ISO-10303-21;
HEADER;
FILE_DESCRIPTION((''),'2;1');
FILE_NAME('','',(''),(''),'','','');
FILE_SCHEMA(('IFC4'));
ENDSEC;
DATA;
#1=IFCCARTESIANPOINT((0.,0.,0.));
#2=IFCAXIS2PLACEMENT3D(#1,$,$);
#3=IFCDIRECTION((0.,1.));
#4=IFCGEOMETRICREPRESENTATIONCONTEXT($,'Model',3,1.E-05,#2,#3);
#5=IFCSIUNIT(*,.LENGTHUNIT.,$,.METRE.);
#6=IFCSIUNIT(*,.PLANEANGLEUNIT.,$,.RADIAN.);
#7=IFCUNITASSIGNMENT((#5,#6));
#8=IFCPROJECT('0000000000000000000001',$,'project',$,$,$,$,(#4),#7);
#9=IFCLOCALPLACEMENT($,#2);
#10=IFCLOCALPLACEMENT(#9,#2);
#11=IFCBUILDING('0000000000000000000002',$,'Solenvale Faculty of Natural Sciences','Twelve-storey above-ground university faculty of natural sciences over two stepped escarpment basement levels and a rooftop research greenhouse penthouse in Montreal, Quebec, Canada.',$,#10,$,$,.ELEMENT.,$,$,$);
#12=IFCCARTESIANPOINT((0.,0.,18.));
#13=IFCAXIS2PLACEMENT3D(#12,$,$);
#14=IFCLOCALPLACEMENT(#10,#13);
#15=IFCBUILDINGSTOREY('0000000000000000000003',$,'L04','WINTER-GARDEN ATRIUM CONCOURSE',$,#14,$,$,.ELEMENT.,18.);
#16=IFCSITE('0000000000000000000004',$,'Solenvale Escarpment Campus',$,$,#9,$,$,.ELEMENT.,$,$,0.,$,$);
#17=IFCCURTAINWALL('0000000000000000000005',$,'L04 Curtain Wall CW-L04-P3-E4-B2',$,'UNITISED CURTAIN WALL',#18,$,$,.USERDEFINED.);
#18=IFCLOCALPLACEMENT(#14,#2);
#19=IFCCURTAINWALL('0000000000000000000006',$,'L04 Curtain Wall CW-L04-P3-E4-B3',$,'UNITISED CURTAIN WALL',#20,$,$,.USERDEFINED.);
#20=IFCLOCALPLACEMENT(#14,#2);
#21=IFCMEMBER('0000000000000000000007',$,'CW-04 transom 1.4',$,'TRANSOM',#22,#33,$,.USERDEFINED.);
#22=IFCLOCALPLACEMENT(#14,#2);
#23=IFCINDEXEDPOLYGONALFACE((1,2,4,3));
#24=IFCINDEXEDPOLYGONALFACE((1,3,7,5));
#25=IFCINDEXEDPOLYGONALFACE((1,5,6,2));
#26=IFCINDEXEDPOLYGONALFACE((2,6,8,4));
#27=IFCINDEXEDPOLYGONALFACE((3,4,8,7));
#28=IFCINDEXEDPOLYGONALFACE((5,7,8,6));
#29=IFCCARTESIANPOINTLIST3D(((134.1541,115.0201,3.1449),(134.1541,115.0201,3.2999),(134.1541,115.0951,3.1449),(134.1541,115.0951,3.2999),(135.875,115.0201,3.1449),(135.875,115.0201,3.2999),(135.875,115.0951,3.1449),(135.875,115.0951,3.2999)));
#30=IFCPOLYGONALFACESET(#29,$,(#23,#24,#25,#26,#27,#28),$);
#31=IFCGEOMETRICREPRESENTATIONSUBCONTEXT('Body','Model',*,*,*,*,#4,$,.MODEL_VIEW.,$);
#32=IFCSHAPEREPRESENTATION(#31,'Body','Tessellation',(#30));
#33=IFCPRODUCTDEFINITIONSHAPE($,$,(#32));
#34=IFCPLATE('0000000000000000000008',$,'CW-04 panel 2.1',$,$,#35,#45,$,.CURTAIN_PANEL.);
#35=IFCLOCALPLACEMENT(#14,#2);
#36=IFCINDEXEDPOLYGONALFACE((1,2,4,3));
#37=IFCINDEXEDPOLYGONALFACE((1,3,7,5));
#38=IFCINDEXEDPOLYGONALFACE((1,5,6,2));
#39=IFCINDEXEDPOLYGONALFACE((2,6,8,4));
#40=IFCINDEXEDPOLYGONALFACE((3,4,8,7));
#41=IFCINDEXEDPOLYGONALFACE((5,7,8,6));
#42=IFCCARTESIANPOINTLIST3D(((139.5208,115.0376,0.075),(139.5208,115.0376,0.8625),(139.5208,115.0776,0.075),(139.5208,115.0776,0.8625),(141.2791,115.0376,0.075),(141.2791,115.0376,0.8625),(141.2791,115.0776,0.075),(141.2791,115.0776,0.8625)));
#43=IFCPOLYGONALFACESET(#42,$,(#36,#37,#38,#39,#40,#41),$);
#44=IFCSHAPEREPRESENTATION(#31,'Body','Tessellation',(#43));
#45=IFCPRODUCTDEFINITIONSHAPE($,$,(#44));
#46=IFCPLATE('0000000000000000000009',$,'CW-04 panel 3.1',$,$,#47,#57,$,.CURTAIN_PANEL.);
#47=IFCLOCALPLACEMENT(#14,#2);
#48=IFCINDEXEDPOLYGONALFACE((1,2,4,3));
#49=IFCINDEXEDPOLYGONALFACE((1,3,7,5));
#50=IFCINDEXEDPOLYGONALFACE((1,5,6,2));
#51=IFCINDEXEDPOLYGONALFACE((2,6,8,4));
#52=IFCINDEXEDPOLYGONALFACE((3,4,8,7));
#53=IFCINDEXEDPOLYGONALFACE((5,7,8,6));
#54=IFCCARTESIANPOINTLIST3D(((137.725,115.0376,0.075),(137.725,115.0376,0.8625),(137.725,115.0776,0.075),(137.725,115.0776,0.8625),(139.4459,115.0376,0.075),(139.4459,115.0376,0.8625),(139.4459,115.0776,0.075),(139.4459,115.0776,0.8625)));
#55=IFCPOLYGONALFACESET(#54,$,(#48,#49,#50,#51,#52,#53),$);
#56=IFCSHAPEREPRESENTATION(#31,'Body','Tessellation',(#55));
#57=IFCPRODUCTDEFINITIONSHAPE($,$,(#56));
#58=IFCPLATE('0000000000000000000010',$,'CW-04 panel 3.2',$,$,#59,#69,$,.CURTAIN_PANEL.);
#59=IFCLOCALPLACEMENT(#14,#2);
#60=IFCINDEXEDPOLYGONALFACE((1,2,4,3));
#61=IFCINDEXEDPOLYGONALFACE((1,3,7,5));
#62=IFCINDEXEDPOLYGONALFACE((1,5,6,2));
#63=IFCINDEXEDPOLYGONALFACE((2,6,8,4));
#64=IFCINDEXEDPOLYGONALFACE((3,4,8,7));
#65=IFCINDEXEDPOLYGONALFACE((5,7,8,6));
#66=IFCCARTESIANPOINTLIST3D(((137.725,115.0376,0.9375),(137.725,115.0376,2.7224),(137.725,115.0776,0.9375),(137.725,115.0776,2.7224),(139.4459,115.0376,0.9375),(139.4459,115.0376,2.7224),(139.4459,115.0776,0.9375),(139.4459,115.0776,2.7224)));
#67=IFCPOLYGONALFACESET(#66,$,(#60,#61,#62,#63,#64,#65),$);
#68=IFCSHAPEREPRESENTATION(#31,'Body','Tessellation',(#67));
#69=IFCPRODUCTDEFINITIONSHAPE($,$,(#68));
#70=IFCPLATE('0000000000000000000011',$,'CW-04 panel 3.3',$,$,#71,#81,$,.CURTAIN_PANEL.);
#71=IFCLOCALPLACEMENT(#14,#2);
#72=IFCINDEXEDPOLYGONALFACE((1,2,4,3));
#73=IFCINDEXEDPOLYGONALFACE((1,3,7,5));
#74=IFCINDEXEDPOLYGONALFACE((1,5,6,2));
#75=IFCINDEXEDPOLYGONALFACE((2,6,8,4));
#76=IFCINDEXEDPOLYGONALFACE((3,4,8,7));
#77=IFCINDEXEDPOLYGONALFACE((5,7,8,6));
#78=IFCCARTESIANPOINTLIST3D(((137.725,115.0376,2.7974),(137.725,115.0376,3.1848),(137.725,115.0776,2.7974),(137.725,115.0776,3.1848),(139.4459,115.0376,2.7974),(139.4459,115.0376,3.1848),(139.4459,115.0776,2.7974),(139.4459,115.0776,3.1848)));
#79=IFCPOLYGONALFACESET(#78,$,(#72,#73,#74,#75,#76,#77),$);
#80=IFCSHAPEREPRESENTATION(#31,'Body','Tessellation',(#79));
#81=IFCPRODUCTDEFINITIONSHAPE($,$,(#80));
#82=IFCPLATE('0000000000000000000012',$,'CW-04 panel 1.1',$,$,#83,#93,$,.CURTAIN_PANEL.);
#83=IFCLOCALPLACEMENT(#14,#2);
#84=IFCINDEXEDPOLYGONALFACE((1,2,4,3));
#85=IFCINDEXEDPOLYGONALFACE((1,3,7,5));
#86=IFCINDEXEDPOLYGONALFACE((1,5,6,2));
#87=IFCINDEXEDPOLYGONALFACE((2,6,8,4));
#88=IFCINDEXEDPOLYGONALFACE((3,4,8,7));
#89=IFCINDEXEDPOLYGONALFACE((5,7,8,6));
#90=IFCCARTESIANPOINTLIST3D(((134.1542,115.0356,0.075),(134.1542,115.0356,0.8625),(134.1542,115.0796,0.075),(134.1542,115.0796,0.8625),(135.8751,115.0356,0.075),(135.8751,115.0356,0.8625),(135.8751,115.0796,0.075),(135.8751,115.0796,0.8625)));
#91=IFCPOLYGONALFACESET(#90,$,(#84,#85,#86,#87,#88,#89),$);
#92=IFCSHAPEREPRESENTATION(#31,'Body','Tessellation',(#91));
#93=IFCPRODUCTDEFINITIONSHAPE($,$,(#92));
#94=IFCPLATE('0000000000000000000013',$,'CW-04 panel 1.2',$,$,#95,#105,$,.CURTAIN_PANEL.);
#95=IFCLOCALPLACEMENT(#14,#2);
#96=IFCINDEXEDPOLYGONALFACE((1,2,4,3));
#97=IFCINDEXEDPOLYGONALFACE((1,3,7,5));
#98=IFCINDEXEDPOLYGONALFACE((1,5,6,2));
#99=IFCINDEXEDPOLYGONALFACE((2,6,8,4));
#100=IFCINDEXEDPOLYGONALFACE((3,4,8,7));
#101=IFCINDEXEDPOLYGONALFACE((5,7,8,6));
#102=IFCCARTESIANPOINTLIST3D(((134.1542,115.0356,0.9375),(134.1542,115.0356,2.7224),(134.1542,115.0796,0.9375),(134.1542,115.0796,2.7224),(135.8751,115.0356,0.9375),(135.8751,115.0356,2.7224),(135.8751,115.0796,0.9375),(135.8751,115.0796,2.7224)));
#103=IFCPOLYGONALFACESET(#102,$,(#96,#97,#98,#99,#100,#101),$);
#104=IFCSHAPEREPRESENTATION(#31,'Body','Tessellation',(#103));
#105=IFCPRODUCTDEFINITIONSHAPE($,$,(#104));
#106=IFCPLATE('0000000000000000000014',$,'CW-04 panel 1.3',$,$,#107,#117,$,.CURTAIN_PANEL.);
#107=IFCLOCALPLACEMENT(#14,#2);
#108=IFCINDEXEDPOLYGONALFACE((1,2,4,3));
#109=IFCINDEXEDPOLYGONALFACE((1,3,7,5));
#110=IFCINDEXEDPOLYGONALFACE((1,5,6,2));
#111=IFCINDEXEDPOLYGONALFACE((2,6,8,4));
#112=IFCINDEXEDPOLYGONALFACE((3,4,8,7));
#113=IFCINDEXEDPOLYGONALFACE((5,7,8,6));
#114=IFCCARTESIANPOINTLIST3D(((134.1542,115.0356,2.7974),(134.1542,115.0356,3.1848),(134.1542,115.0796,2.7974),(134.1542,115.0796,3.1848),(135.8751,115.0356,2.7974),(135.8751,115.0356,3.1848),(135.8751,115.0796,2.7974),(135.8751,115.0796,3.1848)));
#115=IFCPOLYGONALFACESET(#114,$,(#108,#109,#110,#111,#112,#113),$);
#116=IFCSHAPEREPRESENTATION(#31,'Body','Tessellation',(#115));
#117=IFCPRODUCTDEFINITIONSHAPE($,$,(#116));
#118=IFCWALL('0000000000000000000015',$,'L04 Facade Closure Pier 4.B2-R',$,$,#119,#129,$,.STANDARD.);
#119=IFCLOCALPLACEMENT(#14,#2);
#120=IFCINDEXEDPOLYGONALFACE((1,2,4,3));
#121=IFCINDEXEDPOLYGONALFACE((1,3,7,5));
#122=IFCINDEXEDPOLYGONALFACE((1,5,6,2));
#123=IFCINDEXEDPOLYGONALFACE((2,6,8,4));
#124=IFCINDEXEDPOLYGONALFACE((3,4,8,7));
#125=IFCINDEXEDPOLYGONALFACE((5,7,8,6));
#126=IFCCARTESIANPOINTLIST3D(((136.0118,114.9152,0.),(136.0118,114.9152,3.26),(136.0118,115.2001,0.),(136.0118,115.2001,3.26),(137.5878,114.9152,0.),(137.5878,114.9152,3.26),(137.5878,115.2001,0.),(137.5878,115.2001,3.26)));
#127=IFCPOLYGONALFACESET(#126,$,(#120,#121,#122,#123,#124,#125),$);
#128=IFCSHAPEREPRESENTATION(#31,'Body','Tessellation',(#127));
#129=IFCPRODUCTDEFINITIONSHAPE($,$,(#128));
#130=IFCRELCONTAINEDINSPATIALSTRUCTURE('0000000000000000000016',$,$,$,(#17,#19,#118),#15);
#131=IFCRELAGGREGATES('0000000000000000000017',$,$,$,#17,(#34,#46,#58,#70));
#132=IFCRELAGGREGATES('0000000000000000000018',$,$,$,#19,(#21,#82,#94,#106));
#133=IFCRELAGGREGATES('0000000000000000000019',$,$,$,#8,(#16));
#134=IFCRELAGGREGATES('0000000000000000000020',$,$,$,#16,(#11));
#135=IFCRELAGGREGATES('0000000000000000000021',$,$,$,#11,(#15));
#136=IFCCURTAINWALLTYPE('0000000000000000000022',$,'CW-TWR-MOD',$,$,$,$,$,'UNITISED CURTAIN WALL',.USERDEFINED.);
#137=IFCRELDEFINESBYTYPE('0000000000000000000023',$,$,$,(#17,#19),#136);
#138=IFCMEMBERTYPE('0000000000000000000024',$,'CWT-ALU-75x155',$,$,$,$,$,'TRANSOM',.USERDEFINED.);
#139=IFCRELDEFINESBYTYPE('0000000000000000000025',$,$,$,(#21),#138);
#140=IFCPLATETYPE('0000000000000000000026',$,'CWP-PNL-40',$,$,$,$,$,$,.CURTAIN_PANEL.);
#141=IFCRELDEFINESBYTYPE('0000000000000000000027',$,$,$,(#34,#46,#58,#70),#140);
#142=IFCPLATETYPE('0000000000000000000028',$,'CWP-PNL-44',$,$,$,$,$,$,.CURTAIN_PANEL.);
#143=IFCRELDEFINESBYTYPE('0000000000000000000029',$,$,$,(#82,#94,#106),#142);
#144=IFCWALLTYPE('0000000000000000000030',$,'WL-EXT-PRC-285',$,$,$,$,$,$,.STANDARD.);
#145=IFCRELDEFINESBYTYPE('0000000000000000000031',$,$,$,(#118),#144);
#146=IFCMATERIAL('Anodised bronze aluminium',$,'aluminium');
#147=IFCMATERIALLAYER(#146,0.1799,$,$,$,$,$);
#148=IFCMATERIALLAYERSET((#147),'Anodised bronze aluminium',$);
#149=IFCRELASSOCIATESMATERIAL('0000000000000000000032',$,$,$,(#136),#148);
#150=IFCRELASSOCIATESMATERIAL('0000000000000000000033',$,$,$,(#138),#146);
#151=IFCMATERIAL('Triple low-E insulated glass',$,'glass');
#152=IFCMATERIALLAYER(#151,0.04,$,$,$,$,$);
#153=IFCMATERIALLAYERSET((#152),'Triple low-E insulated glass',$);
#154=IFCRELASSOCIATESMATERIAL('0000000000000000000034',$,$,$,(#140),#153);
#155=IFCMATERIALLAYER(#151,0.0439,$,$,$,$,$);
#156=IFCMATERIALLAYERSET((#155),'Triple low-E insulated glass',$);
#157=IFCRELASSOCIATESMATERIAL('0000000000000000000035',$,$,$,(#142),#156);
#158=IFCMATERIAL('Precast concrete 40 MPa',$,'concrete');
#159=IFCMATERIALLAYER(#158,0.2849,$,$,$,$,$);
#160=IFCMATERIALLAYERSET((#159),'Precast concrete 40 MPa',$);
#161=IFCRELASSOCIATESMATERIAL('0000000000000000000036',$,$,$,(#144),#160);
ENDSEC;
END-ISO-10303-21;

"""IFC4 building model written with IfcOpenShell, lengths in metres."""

from ifc_helpers import new_model, si_unit, direction, frame, frame_2d, origin, origin_2d, place, context, subcontext, project, spatial, rectangle, extrude, material, layer, layer_set, material_profile, profile_set, type_object, element, aggregate, save


model = new_model("IFC4")

# Units and contexts
model_context = context("Model", 3, precision=1e-05, world=origin(), true_north=direction((0.0, 1.0)))
body_context = subcontext(model_context, "Body", "Model", "MODEL_VIEW")
ifc_project = project(units=[si_unit("LENGTHUNIT", "METRE"), si_unit("PLANEANGLEUNIT", "RADIAN")], contexts=[model_context])

# Site, building, storey
site_placement = place(None, origin())
site = spatial("IfcSite", under=ifc_project, at=site_placement, Name="Solenvale Escarpment Campus", CompositionType="ELEMENT", RefElevation=0.0)
building_placement = place(site_placement, origin())
building = spatial("IfcBuilding", under=site, at=building_placement, Name="Solenvale Faculty of Natural Sciences", Description="Twelve-storey above-ground university faculty of natural sciences over two stepped escarpment basement levels and a rooftop research greenhouse penthouse in Montreal, Quebec, Canada.", CompositionType="ELEMENT")
storey_placement = place(building_placement, frame((0.0, 0.0, 18.0)))
storey = spatial("IfcBuildingStorey", under=building, at=storey_placement, Name="L04", Description="WINTER-GARDEN ATRIUM CONCOURSE", CompositionType="ELEMENT", Elevation=18.0)

# Shared definitions
ifc_material_1 = material(Name="Precast concrete 40 MPa", Category="concrete")

# Curtain walls
ifc_material_2 = material(Name="Anodised bronze aluminium", Category="aluminium")
ifc_layer_1 = layer(ifc_material_2, 0.1799)
ifc_layer_set_1 = layer_set([ifc_layer_1], Name="Anodised bronze aluminium")
curtain_wall_type = type_object("IfcCurtainWallType", Name="CW-TWR-MOD", ElementType="UNITISED CURTAIN WALL", PredefinedType="USERDEFINED", material=ifc_layer_set_1)
curtain_wall_1_placement = place(storey_placement, origin())
curtain_wall_1 = element("IfcCurtainWall", 1, at=curtain_wall_1_placement, inside=storey, type_object=curtain_wall_type, Name="L04 Curtain Wall CW-L04-P3-E4-B2", ObjectType="UNITISED CURTAIN WALL", PredefinedType="USERDEFINED")
curtain_wall_2_placement = place(storey_placement, origin())
curtain_wall_2 = element("IfcCurtainWall", 2, at=curtain_wall_2_placement, inside=storey, type_object=curtain_wall_type, Name="L04 Curtain Wall CW-L04-P3-E4-B3", ObjectType="UNITISED CURTAIN WALL", PredefinedType="USERDEFINED")

# Member
ifc_material_profile_1 = material_profile(ifc_material_2, rectangle(XDim=0.075, YDim=0.155, at=origin_2d()), Name="ALU-TRN-75x155")
ifc_profile_set_1 = profile_set([ifc_material_profile_1], Name="Anodised bronze aluminium")
member_type_1 = type_object("IfcMemberType", Name="CWT-ALU-75x155", ElementType="TRANSOM", PredefinedType="USERDEFINED", material=ifc_profile_set_1)
member_1_placement = place(storey_placement, frame((135.875, 115.0576, 3.2224), z_axis=(-1.0, 0.0, 0.0), x_axis=(0.0, -1.0, 0.0)))
member_1 = element("IfcMember", 3, at=member_1_placement, type_object=member_type_1, Name="CW-04 transom 1.4", ObjectType="TRANSOM", PredefinedType="USERDEFINED", context=body_context, shape_type="SweptSolid", body=[
    extrude(rectangle(XDim=0.075, YDim=0.155, at=origin_2d()), origin(), (0.0, 0.0, 1.0), 1.7209),
])

# Plates
ifc_material_3 = material(Name="Triple low-E insulated glass", Category="glass")
ifc_layer_2 = layer(ifc_material_3, 0.04)
ifc_layer_set_2 = layer_set([ifc_layer_2], Name="Triple low-E insulated glass")
plate_type_1 = type_object("IfcPlateType", Name="CWP-PNL-40", PredefinedType="CURTAIN_PANEL", material=ifc_layer_set_2)
plate_1_placement = place(storey_placement, frame((140.3999, 115.0576, 0.075), z_axis=(0.0, 0.0, 1.0), x_axis=(-1.0, 0.0, 0.0)))
plate_1 = element("IfcPlate", 4, at=plate_1_placement, type_object=plate_type_1, Name="CW-04 panel 2.1", PredefinedType="CURTAIN_PANEL", context=body_context, shape_type="SweptSolid", body=[
    extrude(rectangle(XDim=1.7583, YDim=0.04, at=origin_2d()), origin(), (0.0, 0.0, 1.0), 0.7876),
])
plate_2_placement = place(storey_placement, frame((138.5854, 115.0576, 0.075), z_axis=(0.0, 0.0, 1.0), x_axis=(-1.0, 0.0, 0.0)))
plate_2 = element("IfcPlate", 5, at=plate_2_placement, type_object=plate_type_1, Name="CW-04 panel 3.1", PredefinedType="CURTAIN_PANEL", context=body_context, shape_type="SweptSolid", body=[
    extrude(rectangle(XDim=1.7209, YDim=0.04, at=origin_2d()), origin(), (0.0, 0.0, 1.0), 0.7876),
])
plate_3_placement = place(storey_placement, frame((138.5854, 115.0576, 0.9375), z_axis=(0.0, 0.0, 1.0), x_axis=(-1.0, 0.0, 0.0)))
plate_3 = element("IfcPlate", 6, at=plate_3_placement, type_object=plate_type_1, Name="CW-04 panel 3.2", PredefinedType="CURTAIN_PANEL", context=body_context, shape_type="SweptSolid", body=[
    extrude(rectangle(XDim=1.7209, YDim=0.04, at=origin_2d()), origin(), (0.0, 0.0, 1.0), 1.7849),
])
plate_4_placement = place(storey_placement, frame((138.5854, 115.0576, 2.7974), z_axis=(0.0, 0.0, 1.0), x_axis=(-1.0, 0.0, 0.0)))
plate_4 = element("IfcPlate", 7, at=plate_4_placement, type_object=plate_type_1, Name="CW-04 panel 3.3", PredefinedType="CURTAIN_PANEL", context=body_context, shape_type="SweptSolid", body=[
    extrude(rectangle(XDim=1.7209, YDim=0.04, at=origin_2d()), origin(), (0.0, 0.0, 1.0), 0.3875),
])
aggregate(curtain_wall_1, [plate_1, plate_2, plate_3, plate_4])
ifc_layer_3 = layer(ifc_material_3, 0.0439)
ifc_layer_set_3 = layer_set([ifc_layer_3], Name="Triple low-E insulated glass")
plate_type_2 = type_object("IfcPlateType", Name="CWP-PNL-44", PredefinedType="CURTAIN_PANEL", material=ifc_layer_set_3)
plate_5_placement = place(storey_placement, frame((135.0146, 115.0576, 0.075), z_axis=(0.0, 0.0, 1.0), x_axis=(-1.0, 0.0, 0.0)))
plate_5 = element("IfcPlate", 8, at=plate_5_placement, type_object=plate_type_2, Name="CW-04 panel 1.1", PredefinedType="CURTAIN_PANEL", context=body_context, shape_type="SweptSolid", body=[
    extrude(rectangle(XDim=1.7209, YDim=0.0439, at=origin_2d()), origin(), (0.0, 0.0, 1.0), 0.7876),
])
plate_6_placement = place(storey_placement, frame((135.0146, 115.0576, 0.9375), z_axis=(0.0, 0.0, 1.0), x_axis=(-1.0, 0.0, 0.0)))
plate_6 = element("IfcPlate", 9, at=plate_6_placement, type_object=plate_type_2, Name="CW-04 panel 1.2", PredefinedType="CURTAIN_PANEL", context=body_context, shape_type="SweptSolid", body=[
    extrude(rectangle(XDim=1.7209, YDim=0.0439, at=origin_2d()), origin(), (0.0, 0.0, 1.0), 1.7849),
])
plate_7_placement = place(storey_placement, frame((135.0146, 115.0576, 2.7974), z_axis=(0.0, 0.0, 1.0), x_axis=(-1.0, 0.0, 0.0)))
plate_7 = element("IfcPlate", 10, at=plate_7_placement, type_object=plate_type_2, Name="CW-04 panel 1.3", PredefinedType="CURTAIN_PANEL", context=body_context, shape_type="SweptSolid", body=[
    extrude(rectangle(XDim=1.7209, YDim=0.0439, at=origin_2d()), origin(), (0.0, 0.0, 1.0), 0.3875),
])
aggregate(curtain_wall_2, [member_1, plate_5, plate_6, plate_7])

# Wall
ifc_layer_4 = layer(ifc_material_1, 0.2849)
ifc_layer_set_4 = layer_set([ifc_layer_4], Name="Precast concrete 40 MPa")
wall_type = type_object("IfcWallType", Name="WL-EXT-PRC-285", PredefinedType="STANDARD", material=ifc_layer_set_4)
wall_placement = place(storey_placement, frame((137.5879, 115.0576, 0.0), z_axis=(0.0, 0.0, 1.0), x_axis=(-1.0, 0.0, 0.0)))
element("IfcWall", 11, at=wall_placement, inside=storey, type_object=wall_type, Name="L04 Facade Closure Pier 4.B2-R", PredefinedType="STANDARD", context=body_context, shape_type="SweptSolid", body=[
    extrude(rectangle(XDim=1.5759, YDim=0.2849, at=frame_2d((0.7881, 0.0))), origin(), (0.0, 0.0, 1.0), 3.26),
])

save(model, "model.ifc")
